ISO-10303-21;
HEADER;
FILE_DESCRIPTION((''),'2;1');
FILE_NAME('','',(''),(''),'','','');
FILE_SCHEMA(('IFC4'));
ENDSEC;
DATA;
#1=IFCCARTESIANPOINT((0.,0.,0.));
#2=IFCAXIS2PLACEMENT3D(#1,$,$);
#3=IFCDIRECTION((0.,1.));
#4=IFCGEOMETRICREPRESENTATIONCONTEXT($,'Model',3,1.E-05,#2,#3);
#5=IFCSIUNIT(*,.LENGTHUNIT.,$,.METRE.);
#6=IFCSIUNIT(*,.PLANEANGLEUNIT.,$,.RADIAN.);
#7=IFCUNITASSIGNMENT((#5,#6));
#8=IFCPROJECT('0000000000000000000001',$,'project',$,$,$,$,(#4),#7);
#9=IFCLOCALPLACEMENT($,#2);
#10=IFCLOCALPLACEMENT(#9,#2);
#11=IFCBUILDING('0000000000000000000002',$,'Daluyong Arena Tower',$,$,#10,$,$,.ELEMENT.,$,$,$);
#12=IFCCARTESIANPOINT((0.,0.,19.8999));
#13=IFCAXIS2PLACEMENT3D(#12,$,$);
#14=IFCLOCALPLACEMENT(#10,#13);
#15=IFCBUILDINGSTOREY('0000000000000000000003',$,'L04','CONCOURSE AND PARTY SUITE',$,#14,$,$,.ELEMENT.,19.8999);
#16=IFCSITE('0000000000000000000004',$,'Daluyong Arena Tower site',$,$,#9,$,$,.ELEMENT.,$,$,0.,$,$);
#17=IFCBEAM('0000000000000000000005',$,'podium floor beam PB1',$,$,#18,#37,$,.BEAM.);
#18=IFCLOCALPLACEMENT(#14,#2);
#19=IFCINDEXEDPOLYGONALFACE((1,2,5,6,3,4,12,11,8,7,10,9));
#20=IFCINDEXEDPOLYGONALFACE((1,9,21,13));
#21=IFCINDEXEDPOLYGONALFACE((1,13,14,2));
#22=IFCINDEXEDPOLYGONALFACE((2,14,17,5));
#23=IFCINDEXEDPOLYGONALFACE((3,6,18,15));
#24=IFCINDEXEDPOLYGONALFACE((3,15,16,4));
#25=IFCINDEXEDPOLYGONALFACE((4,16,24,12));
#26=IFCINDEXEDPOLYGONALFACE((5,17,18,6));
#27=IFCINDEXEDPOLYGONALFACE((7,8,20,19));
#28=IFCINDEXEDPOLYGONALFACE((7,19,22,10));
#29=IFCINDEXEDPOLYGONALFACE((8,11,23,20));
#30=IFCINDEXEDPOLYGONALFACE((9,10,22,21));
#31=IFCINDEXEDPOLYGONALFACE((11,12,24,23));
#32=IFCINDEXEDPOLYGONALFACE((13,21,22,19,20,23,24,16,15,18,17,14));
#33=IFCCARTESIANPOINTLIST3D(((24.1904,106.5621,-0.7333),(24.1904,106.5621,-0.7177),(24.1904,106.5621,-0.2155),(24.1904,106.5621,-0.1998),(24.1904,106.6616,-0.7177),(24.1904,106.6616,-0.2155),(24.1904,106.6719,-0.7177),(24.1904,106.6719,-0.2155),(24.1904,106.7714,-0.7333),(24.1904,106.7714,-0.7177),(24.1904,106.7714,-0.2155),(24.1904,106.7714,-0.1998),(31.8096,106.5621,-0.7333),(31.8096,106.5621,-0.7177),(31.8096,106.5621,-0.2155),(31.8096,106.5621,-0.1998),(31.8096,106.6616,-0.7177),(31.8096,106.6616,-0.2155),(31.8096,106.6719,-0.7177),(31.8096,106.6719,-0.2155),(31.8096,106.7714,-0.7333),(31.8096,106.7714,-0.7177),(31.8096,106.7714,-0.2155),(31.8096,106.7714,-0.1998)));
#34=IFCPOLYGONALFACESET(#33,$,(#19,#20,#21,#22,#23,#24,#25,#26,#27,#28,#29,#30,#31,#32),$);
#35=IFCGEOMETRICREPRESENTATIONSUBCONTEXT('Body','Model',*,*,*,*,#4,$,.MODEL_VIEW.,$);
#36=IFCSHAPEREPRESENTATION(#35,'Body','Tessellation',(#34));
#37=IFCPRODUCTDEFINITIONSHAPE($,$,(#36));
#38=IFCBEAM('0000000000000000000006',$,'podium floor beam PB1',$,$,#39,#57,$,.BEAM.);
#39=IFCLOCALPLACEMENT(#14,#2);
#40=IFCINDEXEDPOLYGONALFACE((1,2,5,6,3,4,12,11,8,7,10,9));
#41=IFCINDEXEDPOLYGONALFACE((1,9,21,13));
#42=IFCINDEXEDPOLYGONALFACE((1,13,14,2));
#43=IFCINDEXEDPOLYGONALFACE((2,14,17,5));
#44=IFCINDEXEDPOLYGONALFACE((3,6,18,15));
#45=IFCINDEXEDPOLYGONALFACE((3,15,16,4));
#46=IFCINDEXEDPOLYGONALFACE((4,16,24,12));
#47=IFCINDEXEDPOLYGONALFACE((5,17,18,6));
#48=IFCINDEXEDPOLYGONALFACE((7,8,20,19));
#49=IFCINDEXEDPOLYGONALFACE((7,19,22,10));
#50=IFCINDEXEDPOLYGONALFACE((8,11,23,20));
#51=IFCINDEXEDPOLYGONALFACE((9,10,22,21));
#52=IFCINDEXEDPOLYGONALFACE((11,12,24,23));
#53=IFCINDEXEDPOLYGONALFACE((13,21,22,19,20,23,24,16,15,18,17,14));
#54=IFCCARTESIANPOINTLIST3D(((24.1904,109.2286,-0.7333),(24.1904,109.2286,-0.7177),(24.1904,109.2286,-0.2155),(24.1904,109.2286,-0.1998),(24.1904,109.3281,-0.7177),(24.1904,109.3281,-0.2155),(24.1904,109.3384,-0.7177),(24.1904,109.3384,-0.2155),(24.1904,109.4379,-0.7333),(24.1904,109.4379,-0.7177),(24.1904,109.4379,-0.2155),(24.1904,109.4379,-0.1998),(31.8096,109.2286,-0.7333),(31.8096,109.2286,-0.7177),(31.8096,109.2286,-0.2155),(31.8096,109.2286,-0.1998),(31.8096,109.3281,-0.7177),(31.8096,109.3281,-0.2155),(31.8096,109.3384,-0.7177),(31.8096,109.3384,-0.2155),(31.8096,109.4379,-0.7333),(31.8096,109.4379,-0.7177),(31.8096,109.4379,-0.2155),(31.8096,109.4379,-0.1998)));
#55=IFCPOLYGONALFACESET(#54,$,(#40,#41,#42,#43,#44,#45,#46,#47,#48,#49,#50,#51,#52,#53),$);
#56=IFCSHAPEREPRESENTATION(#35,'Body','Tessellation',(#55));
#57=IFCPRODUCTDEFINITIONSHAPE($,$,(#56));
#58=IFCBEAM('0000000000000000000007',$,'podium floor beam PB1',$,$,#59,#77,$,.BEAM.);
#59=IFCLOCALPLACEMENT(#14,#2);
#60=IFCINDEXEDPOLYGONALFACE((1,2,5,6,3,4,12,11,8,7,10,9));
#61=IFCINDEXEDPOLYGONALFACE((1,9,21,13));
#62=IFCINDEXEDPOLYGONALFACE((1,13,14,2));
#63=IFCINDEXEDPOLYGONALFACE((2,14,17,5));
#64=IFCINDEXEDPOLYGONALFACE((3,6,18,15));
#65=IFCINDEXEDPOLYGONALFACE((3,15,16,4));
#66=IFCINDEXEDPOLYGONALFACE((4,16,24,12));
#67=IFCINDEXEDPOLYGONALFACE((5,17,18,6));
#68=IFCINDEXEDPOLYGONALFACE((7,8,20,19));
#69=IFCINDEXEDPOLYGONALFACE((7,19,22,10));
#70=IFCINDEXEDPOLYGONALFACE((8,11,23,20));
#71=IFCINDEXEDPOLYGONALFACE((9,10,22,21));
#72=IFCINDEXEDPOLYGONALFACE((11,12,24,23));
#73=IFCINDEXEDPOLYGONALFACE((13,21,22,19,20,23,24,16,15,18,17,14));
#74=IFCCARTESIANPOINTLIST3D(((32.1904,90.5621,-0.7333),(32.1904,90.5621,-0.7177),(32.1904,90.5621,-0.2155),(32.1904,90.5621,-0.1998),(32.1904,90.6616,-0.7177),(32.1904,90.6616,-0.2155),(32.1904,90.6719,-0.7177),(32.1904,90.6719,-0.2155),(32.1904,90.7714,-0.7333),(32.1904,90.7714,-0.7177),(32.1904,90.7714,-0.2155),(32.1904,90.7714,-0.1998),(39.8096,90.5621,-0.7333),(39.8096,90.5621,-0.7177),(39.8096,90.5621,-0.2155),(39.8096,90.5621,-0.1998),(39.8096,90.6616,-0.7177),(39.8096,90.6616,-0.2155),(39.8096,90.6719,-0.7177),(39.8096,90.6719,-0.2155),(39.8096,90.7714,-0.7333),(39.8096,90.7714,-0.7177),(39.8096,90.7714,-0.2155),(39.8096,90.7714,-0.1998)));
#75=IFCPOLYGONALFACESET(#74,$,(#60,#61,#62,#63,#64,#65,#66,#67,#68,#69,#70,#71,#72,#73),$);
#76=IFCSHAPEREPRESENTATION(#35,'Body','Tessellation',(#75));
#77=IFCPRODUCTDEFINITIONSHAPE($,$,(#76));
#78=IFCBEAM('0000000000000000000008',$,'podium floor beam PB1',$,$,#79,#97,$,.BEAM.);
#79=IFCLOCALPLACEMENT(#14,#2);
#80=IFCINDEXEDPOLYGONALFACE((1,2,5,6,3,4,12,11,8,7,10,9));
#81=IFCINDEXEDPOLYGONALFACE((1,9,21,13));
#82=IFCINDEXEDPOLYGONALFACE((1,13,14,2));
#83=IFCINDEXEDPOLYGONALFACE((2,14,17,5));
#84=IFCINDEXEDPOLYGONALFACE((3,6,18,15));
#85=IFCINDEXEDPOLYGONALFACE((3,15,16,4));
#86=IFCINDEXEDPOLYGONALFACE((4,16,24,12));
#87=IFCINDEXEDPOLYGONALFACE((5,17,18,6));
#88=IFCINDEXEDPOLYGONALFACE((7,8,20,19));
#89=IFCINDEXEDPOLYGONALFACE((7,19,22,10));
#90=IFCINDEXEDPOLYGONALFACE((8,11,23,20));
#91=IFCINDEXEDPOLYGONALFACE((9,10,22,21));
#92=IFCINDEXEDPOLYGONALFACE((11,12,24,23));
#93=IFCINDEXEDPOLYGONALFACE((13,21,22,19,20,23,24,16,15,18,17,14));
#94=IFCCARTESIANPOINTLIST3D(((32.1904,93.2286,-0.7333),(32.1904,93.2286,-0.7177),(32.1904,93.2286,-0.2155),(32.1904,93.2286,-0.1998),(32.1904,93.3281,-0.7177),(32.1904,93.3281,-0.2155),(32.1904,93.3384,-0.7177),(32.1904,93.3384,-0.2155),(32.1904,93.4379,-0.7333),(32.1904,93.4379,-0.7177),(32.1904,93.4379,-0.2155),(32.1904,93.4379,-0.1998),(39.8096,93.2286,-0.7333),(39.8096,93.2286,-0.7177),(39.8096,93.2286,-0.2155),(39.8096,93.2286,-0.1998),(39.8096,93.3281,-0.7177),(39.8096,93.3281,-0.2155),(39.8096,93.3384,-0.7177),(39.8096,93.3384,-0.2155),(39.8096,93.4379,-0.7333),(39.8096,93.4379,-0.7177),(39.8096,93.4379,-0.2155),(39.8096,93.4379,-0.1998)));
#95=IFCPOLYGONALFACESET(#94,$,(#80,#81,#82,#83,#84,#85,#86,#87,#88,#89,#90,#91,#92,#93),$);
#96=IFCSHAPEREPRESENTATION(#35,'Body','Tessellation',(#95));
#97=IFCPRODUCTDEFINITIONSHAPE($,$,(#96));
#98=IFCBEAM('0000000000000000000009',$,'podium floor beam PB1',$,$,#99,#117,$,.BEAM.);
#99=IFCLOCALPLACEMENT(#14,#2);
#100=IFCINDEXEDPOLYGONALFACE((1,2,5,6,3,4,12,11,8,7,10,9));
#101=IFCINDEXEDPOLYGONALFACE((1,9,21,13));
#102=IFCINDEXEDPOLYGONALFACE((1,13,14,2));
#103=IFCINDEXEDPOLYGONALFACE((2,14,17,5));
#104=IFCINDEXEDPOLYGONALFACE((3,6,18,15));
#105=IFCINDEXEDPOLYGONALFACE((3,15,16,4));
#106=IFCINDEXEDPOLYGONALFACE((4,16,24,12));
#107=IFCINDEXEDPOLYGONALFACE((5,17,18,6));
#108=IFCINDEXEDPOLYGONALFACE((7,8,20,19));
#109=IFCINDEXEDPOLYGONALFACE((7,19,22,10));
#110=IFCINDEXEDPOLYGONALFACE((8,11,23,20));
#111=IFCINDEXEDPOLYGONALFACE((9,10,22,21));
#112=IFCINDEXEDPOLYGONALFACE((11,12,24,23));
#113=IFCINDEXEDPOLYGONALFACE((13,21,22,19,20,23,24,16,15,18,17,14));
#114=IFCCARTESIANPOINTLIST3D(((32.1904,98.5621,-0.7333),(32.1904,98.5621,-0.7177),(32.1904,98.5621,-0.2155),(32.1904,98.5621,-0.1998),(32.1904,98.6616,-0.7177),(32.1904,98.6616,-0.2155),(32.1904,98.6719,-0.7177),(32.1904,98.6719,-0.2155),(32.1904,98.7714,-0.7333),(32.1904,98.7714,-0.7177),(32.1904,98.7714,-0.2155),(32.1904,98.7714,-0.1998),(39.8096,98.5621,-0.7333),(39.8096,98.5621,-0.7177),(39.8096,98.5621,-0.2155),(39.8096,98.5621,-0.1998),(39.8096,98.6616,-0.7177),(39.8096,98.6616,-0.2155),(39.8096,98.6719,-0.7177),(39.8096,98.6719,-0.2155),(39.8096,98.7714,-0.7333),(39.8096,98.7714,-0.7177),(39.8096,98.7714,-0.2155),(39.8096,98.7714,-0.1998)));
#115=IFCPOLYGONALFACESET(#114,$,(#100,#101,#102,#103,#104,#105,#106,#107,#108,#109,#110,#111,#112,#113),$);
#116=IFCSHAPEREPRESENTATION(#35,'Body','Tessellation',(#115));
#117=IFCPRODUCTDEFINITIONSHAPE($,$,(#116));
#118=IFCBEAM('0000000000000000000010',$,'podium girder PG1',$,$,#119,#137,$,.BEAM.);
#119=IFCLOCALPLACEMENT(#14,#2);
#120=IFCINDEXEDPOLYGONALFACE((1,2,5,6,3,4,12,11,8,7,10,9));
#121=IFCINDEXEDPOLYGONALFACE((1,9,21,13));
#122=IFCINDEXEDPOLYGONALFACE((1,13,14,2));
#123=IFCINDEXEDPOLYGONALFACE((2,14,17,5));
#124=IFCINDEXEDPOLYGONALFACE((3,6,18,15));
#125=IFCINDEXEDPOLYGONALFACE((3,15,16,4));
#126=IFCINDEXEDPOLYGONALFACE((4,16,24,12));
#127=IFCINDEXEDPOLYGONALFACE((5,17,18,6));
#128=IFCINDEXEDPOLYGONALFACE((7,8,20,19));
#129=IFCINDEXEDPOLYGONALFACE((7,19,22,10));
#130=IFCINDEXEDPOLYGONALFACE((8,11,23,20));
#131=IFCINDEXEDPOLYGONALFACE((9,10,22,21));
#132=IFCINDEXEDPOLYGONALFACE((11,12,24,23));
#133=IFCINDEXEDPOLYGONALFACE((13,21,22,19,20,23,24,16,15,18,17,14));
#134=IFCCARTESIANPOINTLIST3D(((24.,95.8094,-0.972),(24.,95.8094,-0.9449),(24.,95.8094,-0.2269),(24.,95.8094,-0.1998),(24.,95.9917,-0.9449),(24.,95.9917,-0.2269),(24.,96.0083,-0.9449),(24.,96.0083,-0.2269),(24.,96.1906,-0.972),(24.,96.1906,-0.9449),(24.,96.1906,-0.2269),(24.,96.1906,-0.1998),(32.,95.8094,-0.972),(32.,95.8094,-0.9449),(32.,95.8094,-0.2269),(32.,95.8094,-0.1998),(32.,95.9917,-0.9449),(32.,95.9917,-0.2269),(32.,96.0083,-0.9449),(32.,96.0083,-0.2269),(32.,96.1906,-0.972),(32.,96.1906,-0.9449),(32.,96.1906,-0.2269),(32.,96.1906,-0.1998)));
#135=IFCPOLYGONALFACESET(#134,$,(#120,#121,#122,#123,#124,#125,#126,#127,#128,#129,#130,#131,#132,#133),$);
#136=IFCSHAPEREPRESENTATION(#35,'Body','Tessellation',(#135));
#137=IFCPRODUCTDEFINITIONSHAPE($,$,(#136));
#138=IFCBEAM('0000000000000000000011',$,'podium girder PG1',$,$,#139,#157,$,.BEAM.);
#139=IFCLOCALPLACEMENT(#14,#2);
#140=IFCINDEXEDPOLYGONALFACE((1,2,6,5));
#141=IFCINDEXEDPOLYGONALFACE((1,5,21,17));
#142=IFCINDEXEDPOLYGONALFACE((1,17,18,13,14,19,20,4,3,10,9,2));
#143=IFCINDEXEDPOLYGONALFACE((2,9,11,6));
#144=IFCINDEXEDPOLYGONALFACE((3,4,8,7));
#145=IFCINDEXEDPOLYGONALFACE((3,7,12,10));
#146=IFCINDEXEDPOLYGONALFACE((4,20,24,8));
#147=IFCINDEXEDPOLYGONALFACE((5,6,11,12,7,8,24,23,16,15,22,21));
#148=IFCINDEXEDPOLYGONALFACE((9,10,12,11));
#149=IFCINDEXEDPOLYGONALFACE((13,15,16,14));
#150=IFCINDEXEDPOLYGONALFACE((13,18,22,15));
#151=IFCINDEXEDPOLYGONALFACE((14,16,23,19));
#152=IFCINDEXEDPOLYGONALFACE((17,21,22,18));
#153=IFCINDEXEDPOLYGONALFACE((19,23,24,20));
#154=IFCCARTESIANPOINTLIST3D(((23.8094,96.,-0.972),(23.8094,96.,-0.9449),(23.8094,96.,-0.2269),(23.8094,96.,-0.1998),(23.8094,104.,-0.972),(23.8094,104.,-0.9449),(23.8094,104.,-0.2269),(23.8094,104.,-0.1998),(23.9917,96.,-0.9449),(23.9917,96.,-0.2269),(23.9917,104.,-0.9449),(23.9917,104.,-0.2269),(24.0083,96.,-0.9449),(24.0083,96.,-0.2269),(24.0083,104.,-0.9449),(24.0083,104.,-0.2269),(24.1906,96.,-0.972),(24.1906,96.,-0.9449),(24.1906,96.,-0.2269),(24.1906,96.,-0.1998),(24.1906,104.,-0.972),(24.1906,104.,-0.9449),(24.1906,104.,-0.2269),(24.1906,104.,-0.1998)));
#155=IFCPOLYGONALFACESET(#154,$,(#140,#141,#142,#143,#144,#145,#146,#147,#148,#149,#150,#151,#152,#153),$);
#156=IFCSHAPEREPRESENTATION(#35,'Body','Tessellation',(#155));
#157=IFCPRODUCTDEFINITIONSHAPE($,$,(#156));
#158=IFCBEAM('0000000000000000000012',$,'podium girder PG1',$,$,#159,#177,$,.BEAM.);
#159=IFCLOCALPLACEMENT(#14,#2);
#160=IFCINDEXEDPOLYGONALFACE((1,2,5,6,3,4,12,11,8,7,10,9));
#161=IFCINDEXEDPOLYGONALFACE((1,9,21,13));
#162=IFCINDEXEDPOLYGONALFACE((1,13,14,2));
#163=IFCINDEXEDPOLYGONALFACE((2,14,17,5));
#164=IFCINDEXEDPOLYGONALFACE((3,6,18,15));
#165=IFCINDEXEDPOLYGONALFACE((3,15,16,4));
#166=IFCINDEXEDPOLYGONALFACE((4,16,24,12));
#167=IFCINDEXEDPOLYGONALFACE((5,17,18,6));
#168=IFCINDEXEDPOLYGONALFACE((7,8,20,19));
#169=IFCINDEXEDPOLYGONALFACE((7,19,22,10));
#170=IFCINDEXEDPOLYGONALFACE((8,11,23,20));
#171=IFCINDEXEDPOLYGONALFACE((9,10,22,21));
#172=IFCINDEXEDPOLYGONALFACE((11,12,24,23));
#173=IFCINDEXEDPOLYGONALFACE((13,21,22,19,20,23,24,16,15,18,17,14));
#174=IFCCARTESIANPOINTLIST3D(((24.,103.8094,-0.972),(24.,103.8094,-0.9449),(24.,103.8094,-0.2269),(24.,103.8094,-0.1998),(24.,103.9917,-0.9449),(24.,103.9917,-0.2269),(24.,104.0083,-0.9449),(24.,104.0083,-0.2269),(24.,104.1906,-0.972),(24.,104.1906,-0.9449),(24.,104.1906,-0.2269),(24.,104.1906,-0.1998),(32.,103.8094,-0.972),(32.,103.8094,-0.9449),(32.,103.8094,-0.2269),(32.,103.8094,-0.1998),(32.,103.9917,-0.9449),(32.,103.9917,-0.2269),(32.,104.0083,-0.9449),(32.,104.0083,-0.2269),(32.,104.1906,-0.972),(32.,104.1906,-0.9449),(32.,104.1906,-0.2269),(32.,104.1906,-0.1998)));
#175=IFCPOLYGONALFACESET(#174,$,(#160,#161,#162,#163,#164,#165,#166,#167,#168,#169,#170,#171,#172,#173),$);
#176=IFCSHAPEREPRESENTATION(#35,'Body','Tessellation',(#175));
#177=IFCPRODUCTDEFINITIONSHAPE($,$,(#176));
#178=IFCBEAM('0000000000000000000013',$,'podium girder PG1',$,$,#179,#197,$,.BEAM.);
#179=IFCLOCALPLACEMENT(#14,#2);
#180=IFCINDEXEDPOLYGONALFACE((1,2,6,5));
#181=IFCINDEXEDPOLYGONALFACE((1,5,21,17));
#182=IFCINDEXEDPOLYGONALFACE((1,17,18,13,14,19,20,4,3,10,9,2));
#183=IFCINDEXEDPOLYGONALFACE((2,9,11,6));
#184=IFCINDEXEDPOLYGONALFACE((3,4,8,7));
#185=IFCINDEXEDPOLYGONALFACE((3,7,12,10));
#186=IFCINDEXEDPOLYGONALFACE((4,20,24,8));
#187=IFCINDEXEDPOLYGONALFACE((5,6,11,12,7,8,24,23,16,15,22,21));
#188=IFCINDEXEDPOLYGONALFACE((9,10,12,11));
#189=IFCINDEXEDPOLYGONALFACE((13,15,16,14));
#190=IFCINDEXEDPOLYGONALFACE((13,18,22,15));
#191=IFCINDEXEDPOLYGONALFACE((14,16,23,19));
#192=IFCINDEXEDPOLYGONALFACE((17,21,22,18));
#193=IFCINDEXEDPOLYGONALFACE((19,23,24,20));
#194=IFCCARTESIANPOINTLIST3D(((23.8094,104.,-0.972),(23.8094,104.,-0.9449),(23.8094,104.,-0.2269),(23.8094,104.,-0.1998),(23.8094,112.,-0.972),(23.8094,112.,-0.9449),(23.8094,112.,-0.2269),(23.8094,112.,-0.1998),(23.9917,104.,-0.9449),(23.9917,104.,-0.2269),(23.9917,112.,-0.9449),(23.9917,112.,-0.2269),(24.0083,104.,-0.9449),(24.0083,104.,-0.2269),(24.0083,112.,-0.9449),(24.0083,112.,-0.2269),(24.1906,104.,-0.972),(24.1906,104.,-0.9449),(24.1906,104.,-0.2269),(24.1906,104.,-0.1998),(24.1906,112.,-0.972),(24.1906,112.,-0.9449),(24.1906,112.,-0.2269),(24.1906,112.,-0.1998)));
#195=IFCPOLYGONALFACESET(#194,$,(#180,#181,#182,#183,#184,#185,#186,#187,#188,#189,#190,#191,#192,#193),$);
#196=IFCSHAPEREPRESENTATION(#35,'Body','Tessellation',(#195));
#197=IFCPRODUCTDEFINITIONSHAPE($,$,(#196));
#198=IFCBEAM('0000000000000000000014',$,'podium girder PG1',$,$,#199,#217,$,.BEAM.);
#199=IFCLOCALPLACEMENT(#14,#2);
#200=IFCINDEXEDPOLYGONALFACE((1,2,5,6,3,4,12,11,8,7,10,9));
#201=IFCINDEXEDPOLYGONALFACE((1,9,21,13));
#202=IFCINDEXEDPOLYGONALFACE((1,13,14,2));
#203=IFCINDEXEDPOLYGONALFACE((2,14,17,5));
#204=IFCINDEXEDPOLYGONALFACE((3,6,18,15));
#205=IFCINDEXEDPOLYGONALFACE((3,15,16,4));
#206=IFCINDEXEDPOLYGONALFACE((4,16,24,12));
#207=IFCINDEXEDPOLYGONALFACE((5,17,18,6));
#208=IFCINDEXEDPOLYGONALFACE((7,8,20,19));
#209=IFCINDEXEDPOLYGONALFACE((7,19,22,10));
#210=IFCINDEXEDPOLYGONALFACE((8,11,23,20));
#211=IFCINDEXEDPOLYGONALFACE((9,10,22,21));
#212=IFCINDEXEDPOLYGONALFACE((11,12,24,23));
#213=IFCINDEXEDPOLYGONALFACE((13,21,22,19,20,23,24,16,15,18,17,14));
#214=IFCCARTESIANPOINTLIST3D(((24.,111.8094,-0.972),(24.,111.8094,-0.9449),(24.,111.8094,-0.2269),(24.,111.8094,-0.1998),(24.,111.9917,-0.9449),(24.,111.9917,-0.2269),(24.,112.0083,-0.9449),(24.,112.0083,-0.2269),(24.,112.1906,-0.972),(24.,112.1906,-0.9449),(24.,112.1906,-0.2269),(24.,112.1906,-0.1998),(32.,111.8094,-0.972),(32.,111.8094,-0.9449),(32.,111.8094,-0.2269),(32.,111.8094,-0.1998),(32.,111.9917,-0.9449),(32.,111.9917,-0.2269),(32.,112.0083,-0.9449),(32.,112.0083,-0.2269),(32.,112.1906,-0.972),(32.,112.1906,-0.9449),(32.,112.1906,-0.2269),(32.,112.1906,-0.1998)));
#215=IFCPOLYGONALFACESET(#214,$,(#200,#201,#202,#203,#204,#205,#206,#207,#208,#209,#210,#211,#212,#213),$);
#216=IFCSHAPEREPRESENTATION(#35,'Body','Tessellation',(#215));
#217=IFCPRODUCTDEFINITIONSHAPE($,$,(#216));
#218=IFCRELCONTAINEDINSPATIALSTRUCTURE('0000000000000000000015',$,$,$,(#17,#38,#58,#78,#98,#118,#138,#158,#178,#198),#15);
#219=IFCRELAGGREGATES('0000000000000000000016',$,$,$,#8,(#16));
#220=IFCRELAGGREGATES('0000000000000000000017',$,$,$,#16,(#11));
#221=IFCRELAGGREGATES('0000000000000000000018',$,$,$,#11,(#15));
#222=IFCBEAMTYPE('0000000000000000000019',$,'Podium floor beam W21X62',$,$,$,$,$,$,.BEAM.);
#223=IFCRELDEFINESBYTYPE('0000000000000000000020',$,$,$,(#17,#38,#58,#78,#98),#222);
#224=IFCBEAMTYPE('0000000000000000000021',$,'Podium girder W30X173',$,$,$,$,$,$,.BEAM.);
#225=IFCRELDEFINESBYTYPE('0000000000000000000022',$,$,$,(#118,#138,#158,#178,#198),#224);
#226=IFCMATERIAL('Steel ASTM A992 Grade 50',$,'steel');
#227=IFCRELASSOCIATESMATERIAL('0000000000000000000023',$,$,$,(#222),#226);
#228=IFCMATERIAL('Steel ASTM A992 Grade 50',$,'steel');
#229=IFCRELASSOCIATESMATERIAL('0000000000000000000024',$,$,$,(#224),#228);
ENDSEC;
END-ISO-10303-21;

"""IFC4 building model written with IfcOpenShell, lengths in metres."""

from ifc_helpers import new_model, si_unit, direction, frame, origin, origin_2d, place, context, subcontext, project, spatial, i_section, extrude, material, material_profile, profile_set, type_object, element, save


model = new_model("IFC4")

# Units and contexts
model_context = context("Model", 3, precision=1e-05, world=origin(), true_north=direction((0.0, 1.0)))
body_context = subcontext(model_context, "Body", "Model", "MODEL_VIEW")
ifc_project = project(units=[si_unit("LENGTHUNIT", "METRE"), si_unit("PLANEANGLEUNIT", "RADIAN")], contexts=[model_context])

# Site, building, storey
site_placement = place(None, origin())
site = spatial("IfcSite", under=ifc_project, at=site_placement, Name="Daluyong Arena Tower site", CompositionType="ELEMENT", RefElevation=0.0)
building_placement = place(site_placement, origin())
building = spatial("IfcBuilding", under=site, at=building_placement, Name="Daluyong Arena Tower", CompositionType="ELEMENT")
storey_placement = place(building_placement, frame((0.0, 0.0, 19.8999)))
storey = spatial("IfcBuildingStorey", under=building, at=storey_placement, Name="L04", Description="CONCOURSE AND PARTY SUITE", CompositionType="ELEMENT", Elevation=19.8999)

# Beams
ifc_material_1 = material(Name="Steel ASTM A992 Grade 50", Category="steel")
ifc_material_profile_1 = material_profile(ifc_material_1, i_section(OverallWidth=0.2092, OverallDepth=0.5334, WebThickness=0.0103, FlangeThickness=0.0156, at=origin_2d()))
ifc_profile_set_1 = profile_set([ifc_material_profile_1], Name="Steel ASTM A992 Grade 50")
beam_type_1 = type_object("IfcBeamType", Name="Podium floor beam W21X62", PredefinedType="BEAM", material=ifc_profile_set_1)
for number, where, z_axis, x_axis, name in (
    (1, (24.1904, 106.6667, -0.4666), (1.0, 0.0, 0.0), (0.0, 1.0, 0.0), "podium floor beam PB1"),
    (2, (24.1904, 109.3333, -0.4666), (1.0, 0.0, 0.0), (0.0, 1.0, 0.0), "podium floor beam PB1"),
    (3, (32.1904, 90.6667, -0.4666), (1.0, 0.0, 0.0), (0.0, 1.0, 0.0), "podium floor beam PB1"),
    (4, (32.1904, 93.3333, -0.4666), (1.0, 0.0, 0.0), (0.0, 1.0, 0.0), "podium floor beam PB1"),
    (5, (32.1904, 98.6667, -0.4666), (1.0, 0.0, 0.0), (0.0, 1.0, 0.0), "podium floor beam PB1"),
):
    element("IfcBeam", number, at=place(storey_placement, frame(where, z_axis=z_axis, x_axis=x_axis)), inside=storey, type_object=beam_type_1, Name=name, PredefinedType="BEAM", context=body_context, shape_type="SweptSolid", body=[
        extrude(i_section(OverallWidth=0.2092, OverallDepth=0.5334, WebThickness=0.0103, FlangeThickness=0.0156, at=origin_2d()), origin(), (0.0, 0.0, 1.0), 7.6191),
    ])
ifc_material_2 = material(Name="Steel ASTM A992 Grade 50", Category="steel")
ifc_material_profile_2 = material_profile(ifc_material_2, i_section(OverallWidth=0.3811, OverallDepth=0.7722, WebThickness=0.0166, FlangeThickness=0.0271, at=origin_2d()))
ifc_profile_set_2 = profile_set([ifc_material_profile_2], Name="Steel ASTM A992 Grade 50")
beam_type_2 = type_object("IfcBeamType", Name="Podium girder W30X173", PredefinedType="BEAM", material=ifc_profile_set_2)
for number, where, z_axis, x_axis, name in (
    (6, (24.0, 96.0, -0.5859), (1.0, 0.0, 0.0), (0.0, 1.0, 0.0), "podium girder PG1"),
    (7, (24.0, 96.0, -0.5859), (0.0, 1.0, 0.0), (-1.0, 0.0, 0.0), "podium girder PG1"),
    (8, (24.0, 104.0, -0.5859), (1.0, 0.0, 0.0), (0.0, 1.0, 0.0), "podium girder PG1"),
    (9, (24.0, 104.0, -0.5859), (0.0, 1.0, 0.0), (-1.0, 0.0, 0.0), "podium girder PG1"),
    (10, (24.0, 112.0, -0.5859), (1.0, 0.0, 0.0), (0.0, 1.0, 0.0), "podium girder PG1"),
):
    element("IfcBeam", number, at=place(storey_placement, frame(where, z_axis=z_axis, x_axis=x_axis)), inside=storey, type_object=beam_type_2, Name=name, PredefinedType="BEAM", context=body_context, shape_type="SweptSolid", body=[
        extrude(i_section(OverallWidth=0.3811, OverallDepth=0.7722, WebThickness=0.0166, FlangeThickness=0.0271, at=origin_2d()), origin(), (0.0, 0.0, 1.0), 8.0),
    ])

save(model, "model.ifc")
